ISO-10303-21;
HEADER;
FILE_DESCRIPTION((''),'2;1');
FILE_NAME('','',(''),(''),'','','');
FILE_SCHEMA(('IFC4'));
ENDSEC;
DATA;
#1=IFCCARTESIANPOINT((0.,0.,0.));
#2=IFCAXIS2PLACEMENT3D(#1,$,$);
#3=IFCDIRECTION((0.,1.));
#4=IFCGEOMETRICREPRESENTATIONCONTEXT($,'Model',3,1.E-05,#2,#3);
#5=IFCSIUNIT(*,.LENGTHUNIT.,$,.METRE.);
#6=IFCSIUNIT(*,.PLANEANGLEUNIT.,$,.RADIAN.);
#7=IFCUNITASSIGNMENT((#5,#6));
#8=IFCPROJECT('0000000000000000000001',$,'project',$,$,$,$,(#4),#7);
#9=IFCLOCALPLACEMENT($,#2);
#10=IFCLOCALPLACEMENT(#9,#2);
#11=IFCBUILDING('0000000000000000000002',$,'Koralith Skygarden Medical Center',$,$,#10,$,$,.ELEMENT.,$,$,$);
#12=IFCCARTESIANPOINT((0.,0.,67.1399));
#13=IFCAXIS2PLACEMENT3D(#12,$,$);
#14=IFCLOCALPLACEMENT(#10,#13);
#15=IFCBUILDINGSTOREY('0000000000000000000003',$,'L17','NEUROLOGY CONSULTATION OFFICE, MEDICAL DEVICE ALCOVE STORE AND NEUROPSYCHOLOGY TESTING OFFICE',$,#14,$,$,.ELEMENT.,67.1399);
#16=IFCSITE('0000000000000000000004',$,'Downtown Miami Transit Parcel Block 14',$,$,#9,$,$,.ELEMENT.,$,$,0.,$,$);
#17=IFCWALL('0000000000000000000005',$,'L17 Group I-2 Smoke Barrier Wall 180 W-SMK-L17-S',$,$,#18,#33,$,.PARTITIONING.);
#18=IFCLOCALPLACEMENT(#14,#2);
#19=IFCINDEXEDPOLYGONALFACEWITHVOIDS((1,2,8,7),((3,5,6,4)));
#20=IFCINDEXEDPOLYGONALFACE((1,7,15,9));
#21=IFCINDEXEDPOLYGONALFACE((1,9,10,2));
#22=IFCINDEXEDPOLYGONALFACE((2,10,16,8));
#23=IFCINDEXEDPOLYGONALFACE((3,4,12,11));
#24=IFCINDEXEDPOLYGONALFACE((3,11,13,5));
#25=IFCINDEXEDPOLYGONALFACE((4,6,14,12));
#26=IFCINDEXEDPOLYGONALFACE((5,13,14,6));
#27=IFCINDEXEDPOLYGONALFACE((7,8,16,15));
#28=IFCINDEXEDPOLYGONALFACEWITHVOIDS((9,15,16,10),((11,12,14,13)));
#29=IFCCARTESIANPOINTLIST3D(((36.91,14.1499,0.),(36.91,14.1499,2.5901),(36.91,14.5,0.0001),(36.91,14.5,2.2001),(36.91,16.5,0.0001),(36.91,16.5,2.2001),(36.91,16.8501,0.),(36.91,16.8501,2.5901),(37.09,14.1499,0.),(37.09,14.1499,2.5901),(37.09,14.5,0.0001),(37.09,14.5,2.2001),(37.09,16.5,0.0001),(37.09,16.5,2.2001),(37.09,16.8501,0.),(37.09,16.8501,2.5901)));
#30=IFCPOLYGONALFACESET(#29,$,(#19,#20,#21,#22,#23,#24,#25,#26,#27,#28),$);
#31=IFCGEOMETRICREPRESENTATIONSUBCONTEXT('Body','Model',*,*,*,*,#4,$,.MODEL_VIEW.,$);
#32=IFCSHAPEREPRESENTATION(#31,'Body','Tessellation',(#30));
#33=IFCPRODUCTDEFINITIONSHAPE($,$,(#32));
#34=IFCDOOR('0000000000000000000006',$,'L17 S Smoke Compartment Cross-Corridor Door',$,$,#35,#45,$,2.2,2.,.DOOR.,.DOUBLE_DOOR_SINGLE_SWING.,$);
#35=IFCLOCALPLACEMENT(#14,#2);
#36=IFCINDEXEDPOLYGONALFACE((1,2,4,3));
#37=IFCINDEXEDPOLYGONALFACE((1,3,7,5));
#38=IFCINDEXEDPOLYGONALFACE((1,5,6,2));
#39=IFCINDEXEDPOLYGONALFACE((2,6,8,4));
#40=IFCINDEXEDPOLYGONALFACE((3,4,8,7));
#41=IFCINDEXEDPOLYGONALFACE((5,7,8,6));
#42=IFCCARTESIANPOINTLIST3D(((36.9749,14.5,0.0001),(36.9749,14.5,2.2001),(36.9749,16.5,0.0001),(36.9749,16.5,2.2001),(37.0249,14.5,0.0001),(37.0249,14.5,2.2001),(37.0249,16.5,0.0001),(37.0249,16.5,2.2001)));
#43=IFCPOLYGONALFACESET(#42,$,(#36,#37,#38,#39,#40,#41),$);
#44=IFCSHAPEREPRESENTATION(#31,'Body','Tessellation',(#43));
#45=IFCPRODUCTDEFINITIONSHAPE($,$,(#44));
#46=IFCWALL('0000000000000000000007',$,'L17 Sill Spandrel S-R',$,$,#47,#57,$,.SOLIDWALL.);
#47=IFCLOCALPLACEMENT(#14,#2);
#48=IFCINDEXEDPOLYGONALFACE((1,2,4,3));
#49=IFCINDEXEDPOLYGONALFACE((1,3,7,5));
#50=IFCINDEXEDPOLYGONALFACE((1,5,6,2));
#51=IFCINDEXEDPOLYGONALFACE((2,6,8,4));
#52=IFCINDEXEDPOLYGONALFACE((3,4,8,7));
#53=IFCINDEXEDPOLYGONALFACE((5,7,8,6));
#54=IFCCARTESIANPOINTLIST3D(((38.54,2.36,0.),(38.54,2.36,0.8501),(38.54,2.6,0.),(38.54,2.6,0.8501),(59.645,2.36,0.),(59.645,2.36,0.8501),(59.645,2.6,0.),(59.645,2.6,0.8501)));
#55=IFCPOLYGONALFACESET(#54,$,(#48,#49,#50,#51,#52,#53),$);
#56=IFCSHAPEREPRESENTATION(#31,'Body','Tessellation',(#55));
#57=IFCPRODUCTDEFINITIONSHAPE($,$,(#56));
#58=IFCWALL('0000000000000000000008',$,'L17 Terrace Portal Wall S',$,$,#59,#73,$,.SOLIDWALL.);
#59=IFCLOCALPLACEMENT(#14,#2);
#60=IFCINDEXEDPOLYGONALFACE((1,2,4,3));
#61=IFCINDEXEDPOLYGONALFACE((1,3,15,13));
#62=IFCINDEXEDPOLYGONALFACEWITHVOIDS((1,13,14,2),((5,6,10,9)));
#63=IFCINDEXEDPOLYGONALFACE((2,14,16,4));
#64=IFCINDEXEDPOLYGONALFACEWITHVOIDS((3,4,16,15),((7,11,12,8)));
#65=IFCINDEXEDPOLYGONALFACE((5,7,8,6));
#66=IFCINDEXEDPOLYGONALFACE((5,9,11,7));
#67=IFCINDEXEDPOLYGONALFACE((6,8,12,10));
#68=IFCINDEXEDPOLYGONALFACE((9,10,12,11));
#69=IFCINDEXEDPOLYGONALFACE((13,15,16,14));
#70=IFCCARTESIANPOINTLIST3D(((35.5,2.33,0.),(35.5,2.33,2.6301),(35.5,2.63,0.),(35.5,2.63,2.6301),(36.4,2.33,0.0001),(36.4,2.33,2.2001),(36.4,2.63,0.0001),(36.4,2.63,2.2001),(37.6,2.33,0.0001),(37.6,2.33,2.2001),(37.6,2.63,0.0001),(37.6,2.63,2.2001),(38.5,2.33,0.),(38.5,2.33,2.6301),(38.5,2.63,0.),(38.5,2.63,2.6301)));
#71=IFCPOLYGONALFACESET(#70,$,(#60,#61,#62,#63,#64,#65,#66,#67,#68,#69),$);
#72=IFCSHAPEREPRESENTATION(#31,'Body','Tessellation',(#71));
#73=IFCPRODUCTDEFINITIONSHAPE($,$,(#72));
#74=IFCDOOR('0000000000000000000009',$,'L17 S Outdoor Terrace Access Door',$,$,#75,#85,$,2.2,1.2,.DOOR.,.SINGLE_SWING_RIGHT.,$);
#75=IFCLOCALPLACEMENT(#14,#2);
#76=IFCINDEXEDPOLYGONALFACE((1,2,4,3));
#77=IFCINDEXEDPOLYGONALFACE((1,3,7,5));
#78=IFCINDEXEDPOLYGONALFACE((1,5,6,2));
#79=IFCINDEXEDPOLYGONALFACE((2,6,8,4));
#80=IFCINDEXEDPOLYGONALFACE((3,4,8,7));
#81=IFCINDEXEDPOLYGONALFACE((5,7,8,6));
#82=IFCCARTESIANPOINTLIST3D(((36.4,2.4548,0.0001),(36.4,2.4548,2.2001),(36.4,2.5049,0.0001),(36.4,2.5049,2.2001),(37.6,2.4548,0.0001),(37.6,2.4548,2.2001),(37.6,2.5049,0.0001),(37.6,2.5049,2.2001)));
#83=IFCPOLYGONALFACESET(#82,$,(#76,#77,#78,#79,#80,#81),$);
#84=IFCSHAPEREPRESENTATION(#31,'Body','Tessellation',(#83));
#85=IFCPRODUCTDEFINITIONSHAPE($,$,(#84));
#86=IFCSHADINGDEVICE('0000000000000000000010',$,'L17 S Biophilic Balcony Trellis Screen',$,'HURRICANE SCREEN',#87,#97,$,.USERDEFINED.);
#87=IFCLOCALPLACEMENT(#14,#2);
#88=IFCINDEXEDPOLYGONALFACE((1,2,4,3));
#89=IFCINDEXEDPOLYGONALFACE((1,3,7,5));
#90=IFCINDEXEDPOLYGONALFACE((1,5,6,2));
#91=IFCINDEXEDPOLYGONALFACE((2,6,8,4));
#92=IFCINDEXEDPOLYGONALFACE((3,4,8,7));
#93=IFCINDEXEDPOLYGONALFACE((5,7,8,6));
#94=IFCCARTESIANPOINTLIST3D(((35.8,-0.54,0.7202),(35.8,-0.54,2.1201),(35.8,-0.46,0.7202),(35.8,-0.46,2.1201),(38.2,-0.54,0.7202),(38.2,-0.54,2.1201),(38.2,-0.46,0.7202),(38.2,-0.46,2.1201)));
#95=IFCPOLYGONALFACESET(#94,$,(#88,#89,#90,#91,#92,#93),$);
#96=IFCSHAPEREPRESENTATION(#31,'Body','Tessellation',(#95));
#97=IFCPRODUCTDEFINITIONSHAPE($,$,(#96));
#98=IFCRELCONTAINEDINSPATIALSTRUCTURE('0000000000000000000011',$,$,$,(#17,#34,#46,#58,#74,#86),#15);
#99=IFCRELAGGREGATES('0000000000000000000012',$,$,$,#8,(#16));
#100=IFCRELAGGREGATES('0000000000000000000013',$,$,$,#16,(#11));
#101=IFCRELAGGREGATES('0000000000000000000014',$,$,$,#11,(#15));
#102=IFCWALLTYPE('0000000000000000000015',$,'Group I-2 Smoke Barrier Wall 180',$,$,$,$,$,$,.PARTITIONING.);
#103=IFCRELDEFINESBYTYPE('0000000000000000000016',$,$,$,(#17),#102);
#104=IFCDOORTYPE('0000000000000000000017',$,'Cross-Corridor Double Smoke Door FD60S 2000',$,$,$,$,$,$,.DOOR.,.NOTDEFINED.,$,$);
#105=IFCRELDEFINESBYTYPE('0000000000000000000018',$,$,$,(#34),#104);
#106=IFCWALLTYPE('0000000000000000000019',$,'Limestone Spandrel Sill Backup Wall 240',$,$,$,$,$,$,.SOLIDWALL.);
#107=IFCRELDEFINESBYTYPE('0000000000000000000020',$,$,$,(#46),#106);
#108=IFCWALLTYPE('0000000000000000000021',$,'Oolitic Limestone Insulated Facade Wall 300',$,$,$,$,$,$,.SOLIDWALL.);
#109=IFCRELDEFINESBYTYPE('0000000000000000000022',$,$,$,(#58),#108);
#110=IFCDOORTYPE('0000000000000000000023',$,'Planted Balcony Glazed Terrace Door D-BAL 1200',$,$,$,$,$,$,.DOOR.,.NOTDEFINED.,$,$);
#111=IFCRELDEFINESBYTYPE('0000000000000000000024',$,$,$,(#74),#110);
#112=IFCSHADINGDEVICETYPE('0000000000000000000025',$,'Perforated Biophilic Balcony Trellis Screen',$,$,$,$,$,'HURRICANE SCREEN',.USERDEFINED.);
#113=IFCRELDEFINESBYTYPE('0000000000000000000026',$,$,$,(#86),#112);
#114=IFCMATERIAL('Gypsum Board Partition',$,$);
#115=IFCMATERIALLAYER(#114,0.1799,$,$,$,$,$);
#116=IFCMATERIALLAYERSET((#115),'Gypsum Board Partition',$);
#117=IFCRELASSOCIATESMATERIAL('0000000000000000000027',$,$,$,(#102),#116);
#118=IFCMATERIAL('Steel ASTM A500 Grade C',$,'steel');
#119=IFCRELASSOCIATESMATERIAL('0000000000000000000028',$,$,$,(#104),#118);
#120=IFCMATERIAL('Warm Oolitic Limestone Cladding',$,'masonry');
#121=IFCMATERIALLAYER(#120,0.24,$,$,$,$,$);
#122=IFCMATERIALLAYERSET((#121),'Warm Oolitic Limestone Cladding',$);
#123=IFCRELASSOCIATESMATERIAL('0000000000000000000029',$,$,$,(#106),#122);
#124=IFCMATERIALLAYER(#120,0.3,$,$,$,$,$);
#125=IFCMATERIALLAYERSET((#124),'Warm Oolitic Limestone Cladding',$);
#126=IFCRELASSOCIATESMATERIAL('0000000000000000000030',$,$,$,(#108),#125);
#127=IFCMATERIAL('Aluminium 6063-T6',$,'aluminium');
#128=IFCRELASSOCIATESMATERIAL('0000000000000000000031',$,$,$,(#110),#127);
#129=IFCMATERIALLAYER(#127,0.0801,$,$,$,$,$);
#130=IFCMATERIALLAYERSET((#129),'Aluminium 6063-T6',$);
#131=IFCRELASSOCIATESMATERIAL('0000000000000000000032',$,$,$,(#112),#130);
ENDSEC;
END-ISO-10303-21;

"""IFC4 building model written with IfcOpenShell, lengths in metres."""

from ifc_helpers import new_model, si_unit, direction, frame, frame_2d, origin, origin_2d, place, context, subcontext, project, spatial, rectangle, extrude, material, layer, layer_set, type_object, element, fill, save


model = new_model("IFC4")

# Units and contexts
model_context = context("Model", 3, precision=1e-05, world=origin(), true_north=direction((0.0, 1.0)))
body_context = subcontext(model_context, "Body", "Model", "MODEL_VIEW")
ifc_project = project(units=[si_unit("LENGTHUNIT", "METRE"), si_unit("PLANEANGLEUNIT", "RADIAN")], contexts=[model_context])

# Site, building, storey
site_placement = place(None, origin())
site = spatial("IfcSite", under=ifc_project, at=site_placement, Name="Downtown Miami Transit Parcel Block 14", CompositionType="ELEMENT", RefElevation=0.0)
building_placement = place(site_placement, origin())
building = spatial("IfcBuilding", under=site, at=building_placement, Name="Koralith Skygarden Medical Center", CompositionType="ELEMENT")
storey_placement = place(building_placement, frame((0.0, 0.0, 67.1399)))
storey = spatial("IfcBuildingStorey", under=building, at=storey_placement, Name="L17", Description="NEUROLOGY CONSULTATION OFFICE, MEDICAL DEVICE ALCOVE STORE AND NEUROPSYCHOLOGY TESTING OFFICE", CompositionType="ELEMENT", Elevation=67.1399)

# Shared definitions
ifc_material_1 = material(Name="Aluminium 6063-T6", Category="aluminium")

# Shared definitions
ifc_material_2 = material(Name="Gypsum Board Partition")

# Wall, opening, door
ifc_layer_1 = layer(ifc_material_2, 0.1799)
ifc_layer_set_1 = layer_set([ifc_layer_1], Name="Gypsum Board Partition")
wall_type_1 = type_object("IfcWallType", Name="Group I-2 Smoke Barrier Wall 180", PredefinedType="PARTITIONING", material=ifc_layer_set_1)
wall_1_placement = place(storey_placement, frame((37.0, 14.1499, 0.0), z_axis=(0.0, 0.0, 1.0), x_axis=(0.0, 1.0, 0.0)))
wall_1 = element("IfcWall", 1, at=wall_1_placement, inside=storey, type_object=wall_type_1, Name="L17 Group I-2 Smoke Barrier Wall 180 W-SMK-L17-S", PredefinedType="PARTITIONING", context=body_context, shape_type="SweptSolid", body=[
    extrude(rectangle(XDim=2.7002, YDim=0.1799, at=frame_2d((1.3501, 0.0))), origin(), (0.0, 0.0, 1.0), 2.5901),
])
opening_1_placement = place(wall_1_placement, frame((0.3501, 0.0, 0.0)))
opening_1 = element("IfcOpeningElement", 2, at=opening_1_placement, cuts=wall_1, PredefinedType="OPENING", context=body_context, shape_type="SweptSolid", body=[
    extrude(rectangle(XDim=2.0, YDim=2.2, at=frame_2d((1.0, 1.1001))), frame((0.0, 0.0999, 0.0), z_axis=(0.0, -1.0, 0.0), x_axis=(1.0, 0.0, 0.0)), (0.0, 0.0, 1.0), 0.2),
])
ifc_material_3 = material(Name="Steel ASTM A500 Grade C", Category="steel")
door_type_1 = type_object("IfcDoorType", Name="Cross-Corridor Double Smoke Door FD60S 2000", OperationType="NOTDEFINED", PredefinedType="DOOR", material=ifc_material_3)
door_1_placement = place(opening_1_placement, frame((2.0, 0.0, 0.0), z_axis=(0.0, 0.0, 1.0), x_axis=(-1.0, 0.0, 0.0)))
door_1 = element("IfcDoor", 3, at=door_1_placement, inside=storey, type_object=door_type_1, Name="L17 S Smoke Compartment Cross-Corridor Door", OperationType="DOUBLE_DOOR_SINGLE_SWING", OverallHeight=2.2, OverallWidth=2.0, PredefinedType="DOOR", context=body_context, shape_type="SweptSolid", body=[
    extrude(rectangle(XDim=2.0, YDim=2.2, at=frame_2d((1.0, 1.1001))), frame((0.0, 0.0249, 0.0), z_axis=(0.0, -1.0, 0.0), x_axis=(1.0, 0.0, 0.0)), (0.0, 0.0, 1.0), 0.05),
])
fill(opening_1, door_1)

# Wall
ifc_material_4 = material(Name="Warm Oolitic Limestone Cladding", Category="masonry")
ifc_layer_2 = layer(ifc_material_4, 0.24)
ifc_layer_set_2 = layer_set([ifc_layer_2], Name="Warm Oolitic Limestone Cladding")
wall_type_2 = type_object("IfcWallType", Name="Limestone Spandrel Sill Backup Wall 240", PredefinedType="SOLIDWALL", material=ifc_layer_set_2)
wall_2_placement = place(storey_placement, frame((38.54, 2.48, 0.0), z_axis=(0.0, 0.0, 1.0), x_axis=(1.0, 0.0, 0.0)))
element("IfcWall", 4, at=wall_2_placement, inside=storey, type_object=wall_type_2, Name="L17 Sill Spandrel S-R", PredefinedType="SOLIDWALL", context=body_context, shape_type="SweptSolid", body=[
    extrude(rectangle(XDim=21.105, YDim=0.24, at=frame_2d((10.5525, 0.0))), origin(), (0.0, 0.0, 1.0), 0.8501),
])

# Wall, opening, door
ifc_layer_3 = layer(ifc_material_4, 0.3)
ifc_layer_set_3 = layer_set([ifc_layer_3], Name="Warm Oolitic Limestone Cladding")
wall_type_3 = type_object("IfcWallType", Name="Oolitic Limestone Insulated Facade Wall 300", PredefinedType="SOLIDWALL", material=ifc_layer_set_3)
wall_3_placement = place(storey_placement, frame((35.5, 2.48, 0.0), z_axis=(0.0, 0.0, 1.0), x_axis=(1.0, 0.0, 0.0)))
wall_3 = element("IfcWall", 5, at=wall_3_placement, inside=storey, type_object=wall_type_3, Name="L17 Terrace Portal Wall S", PredefinedType="SOLIDWALL", context=body_context, shape_type="SweptSolid", body=[
    extrude(rectangle(XDim=3.0, YDim=0.3, at=frame_2d((1.5, 0.0))), origin(), (0.0, 0.0, 1.0), 2.6301),
])
opening_2_placement = place(wall_3_placement, frame((0.8999, 0.0, 0.0)))
opening_2 = element("IfcOpeningElement", 6, at=opening_2_placement, cuts=wall_3, PredefinedType="OPENING", context=body_context, shape_type="SweptSolid", body=[
    extrude(rectangle(XDim=1.2, YDim=2.2, at=frame_2d((0.6001, 1.1001))), frame((0.0, 0.1599, 0.0), z_axis=(0.0, -1.0, 0.0), x_axis=(1.0, 0.0, 0.0)), (0.0, 0.0, 1.0), 0.3201),
])
door_type_2 = type_object("IfcDoorType", Name="Planted Balcony Glazed Terrace Door D-BAL 1200", OperationType="NOTDEFINED", PredefinedType="DOOR", material=ifc_material_1)
door_2_placement = place(opening_2_placement, origin())
door_2 = element("IfcDoor", 7, at=door_2_placement, inside=storey, type_object=door_type_2, Name="L17 S Outdoor Terrace Access Door", OperationType="SINGLE_SWING_RIGHT", OverallHeight=2.2, OverallWidth=1.2, PredefinedType="DOOR", context=body_context, shape_type="SweptSolid", body=[
    extrude(rectangle(XDim=1.2, YDim=2.2, at=frame_2d((0.6001, 1.1001))), frame((0.0, 0.0249, 0.0), z_axis=(0.0, -1.0, 0.0), x_axis=(1.0, 0.0, 0.0)), (0.0, 0.0, 1.0), 0.05),
])
fill(opening_2, door_2)

# Shading device
ifc_layer_4 = layer(ifc_material_1, 0.0801)
ifc_layer_set_4 = layer_set([ifc_layer_4], Name="Aluminium 6063-T6")
shading_device_type = type_object("IfcShadingDeviceType", Name="Perforated Biophilic Balcony Trellis Screen", ElementType="HURRICANE SCREEN", PredefinedType="USERDEFINED", material=ifc_layer_set_4)
shading_device_placement = place(storey_placement, frame((37.0, -0.5, 0.7202), z_axis=(0.0, 0.0, 1.0), x_axis=(1.0, 0.0, 0.0)))
element("IfcShadingDevice", 8, at=shading_device_placement, inside=storey, type_object=shading_device_type, Name="L17 S Biophilic Balcony Trellis Screen", ObjectType="HURRICANE SCREEN", PredefinedType="USERDEFINED", context=body_context, shape_type="SweptSolid", body=[
    extrude(rectangle(XDim=2.3999, YDim=0.0801, at=origin_2d()), origin(), (0.0, 0.0, 1.0), 1.3999),
])

save(model, "model.ifc")
